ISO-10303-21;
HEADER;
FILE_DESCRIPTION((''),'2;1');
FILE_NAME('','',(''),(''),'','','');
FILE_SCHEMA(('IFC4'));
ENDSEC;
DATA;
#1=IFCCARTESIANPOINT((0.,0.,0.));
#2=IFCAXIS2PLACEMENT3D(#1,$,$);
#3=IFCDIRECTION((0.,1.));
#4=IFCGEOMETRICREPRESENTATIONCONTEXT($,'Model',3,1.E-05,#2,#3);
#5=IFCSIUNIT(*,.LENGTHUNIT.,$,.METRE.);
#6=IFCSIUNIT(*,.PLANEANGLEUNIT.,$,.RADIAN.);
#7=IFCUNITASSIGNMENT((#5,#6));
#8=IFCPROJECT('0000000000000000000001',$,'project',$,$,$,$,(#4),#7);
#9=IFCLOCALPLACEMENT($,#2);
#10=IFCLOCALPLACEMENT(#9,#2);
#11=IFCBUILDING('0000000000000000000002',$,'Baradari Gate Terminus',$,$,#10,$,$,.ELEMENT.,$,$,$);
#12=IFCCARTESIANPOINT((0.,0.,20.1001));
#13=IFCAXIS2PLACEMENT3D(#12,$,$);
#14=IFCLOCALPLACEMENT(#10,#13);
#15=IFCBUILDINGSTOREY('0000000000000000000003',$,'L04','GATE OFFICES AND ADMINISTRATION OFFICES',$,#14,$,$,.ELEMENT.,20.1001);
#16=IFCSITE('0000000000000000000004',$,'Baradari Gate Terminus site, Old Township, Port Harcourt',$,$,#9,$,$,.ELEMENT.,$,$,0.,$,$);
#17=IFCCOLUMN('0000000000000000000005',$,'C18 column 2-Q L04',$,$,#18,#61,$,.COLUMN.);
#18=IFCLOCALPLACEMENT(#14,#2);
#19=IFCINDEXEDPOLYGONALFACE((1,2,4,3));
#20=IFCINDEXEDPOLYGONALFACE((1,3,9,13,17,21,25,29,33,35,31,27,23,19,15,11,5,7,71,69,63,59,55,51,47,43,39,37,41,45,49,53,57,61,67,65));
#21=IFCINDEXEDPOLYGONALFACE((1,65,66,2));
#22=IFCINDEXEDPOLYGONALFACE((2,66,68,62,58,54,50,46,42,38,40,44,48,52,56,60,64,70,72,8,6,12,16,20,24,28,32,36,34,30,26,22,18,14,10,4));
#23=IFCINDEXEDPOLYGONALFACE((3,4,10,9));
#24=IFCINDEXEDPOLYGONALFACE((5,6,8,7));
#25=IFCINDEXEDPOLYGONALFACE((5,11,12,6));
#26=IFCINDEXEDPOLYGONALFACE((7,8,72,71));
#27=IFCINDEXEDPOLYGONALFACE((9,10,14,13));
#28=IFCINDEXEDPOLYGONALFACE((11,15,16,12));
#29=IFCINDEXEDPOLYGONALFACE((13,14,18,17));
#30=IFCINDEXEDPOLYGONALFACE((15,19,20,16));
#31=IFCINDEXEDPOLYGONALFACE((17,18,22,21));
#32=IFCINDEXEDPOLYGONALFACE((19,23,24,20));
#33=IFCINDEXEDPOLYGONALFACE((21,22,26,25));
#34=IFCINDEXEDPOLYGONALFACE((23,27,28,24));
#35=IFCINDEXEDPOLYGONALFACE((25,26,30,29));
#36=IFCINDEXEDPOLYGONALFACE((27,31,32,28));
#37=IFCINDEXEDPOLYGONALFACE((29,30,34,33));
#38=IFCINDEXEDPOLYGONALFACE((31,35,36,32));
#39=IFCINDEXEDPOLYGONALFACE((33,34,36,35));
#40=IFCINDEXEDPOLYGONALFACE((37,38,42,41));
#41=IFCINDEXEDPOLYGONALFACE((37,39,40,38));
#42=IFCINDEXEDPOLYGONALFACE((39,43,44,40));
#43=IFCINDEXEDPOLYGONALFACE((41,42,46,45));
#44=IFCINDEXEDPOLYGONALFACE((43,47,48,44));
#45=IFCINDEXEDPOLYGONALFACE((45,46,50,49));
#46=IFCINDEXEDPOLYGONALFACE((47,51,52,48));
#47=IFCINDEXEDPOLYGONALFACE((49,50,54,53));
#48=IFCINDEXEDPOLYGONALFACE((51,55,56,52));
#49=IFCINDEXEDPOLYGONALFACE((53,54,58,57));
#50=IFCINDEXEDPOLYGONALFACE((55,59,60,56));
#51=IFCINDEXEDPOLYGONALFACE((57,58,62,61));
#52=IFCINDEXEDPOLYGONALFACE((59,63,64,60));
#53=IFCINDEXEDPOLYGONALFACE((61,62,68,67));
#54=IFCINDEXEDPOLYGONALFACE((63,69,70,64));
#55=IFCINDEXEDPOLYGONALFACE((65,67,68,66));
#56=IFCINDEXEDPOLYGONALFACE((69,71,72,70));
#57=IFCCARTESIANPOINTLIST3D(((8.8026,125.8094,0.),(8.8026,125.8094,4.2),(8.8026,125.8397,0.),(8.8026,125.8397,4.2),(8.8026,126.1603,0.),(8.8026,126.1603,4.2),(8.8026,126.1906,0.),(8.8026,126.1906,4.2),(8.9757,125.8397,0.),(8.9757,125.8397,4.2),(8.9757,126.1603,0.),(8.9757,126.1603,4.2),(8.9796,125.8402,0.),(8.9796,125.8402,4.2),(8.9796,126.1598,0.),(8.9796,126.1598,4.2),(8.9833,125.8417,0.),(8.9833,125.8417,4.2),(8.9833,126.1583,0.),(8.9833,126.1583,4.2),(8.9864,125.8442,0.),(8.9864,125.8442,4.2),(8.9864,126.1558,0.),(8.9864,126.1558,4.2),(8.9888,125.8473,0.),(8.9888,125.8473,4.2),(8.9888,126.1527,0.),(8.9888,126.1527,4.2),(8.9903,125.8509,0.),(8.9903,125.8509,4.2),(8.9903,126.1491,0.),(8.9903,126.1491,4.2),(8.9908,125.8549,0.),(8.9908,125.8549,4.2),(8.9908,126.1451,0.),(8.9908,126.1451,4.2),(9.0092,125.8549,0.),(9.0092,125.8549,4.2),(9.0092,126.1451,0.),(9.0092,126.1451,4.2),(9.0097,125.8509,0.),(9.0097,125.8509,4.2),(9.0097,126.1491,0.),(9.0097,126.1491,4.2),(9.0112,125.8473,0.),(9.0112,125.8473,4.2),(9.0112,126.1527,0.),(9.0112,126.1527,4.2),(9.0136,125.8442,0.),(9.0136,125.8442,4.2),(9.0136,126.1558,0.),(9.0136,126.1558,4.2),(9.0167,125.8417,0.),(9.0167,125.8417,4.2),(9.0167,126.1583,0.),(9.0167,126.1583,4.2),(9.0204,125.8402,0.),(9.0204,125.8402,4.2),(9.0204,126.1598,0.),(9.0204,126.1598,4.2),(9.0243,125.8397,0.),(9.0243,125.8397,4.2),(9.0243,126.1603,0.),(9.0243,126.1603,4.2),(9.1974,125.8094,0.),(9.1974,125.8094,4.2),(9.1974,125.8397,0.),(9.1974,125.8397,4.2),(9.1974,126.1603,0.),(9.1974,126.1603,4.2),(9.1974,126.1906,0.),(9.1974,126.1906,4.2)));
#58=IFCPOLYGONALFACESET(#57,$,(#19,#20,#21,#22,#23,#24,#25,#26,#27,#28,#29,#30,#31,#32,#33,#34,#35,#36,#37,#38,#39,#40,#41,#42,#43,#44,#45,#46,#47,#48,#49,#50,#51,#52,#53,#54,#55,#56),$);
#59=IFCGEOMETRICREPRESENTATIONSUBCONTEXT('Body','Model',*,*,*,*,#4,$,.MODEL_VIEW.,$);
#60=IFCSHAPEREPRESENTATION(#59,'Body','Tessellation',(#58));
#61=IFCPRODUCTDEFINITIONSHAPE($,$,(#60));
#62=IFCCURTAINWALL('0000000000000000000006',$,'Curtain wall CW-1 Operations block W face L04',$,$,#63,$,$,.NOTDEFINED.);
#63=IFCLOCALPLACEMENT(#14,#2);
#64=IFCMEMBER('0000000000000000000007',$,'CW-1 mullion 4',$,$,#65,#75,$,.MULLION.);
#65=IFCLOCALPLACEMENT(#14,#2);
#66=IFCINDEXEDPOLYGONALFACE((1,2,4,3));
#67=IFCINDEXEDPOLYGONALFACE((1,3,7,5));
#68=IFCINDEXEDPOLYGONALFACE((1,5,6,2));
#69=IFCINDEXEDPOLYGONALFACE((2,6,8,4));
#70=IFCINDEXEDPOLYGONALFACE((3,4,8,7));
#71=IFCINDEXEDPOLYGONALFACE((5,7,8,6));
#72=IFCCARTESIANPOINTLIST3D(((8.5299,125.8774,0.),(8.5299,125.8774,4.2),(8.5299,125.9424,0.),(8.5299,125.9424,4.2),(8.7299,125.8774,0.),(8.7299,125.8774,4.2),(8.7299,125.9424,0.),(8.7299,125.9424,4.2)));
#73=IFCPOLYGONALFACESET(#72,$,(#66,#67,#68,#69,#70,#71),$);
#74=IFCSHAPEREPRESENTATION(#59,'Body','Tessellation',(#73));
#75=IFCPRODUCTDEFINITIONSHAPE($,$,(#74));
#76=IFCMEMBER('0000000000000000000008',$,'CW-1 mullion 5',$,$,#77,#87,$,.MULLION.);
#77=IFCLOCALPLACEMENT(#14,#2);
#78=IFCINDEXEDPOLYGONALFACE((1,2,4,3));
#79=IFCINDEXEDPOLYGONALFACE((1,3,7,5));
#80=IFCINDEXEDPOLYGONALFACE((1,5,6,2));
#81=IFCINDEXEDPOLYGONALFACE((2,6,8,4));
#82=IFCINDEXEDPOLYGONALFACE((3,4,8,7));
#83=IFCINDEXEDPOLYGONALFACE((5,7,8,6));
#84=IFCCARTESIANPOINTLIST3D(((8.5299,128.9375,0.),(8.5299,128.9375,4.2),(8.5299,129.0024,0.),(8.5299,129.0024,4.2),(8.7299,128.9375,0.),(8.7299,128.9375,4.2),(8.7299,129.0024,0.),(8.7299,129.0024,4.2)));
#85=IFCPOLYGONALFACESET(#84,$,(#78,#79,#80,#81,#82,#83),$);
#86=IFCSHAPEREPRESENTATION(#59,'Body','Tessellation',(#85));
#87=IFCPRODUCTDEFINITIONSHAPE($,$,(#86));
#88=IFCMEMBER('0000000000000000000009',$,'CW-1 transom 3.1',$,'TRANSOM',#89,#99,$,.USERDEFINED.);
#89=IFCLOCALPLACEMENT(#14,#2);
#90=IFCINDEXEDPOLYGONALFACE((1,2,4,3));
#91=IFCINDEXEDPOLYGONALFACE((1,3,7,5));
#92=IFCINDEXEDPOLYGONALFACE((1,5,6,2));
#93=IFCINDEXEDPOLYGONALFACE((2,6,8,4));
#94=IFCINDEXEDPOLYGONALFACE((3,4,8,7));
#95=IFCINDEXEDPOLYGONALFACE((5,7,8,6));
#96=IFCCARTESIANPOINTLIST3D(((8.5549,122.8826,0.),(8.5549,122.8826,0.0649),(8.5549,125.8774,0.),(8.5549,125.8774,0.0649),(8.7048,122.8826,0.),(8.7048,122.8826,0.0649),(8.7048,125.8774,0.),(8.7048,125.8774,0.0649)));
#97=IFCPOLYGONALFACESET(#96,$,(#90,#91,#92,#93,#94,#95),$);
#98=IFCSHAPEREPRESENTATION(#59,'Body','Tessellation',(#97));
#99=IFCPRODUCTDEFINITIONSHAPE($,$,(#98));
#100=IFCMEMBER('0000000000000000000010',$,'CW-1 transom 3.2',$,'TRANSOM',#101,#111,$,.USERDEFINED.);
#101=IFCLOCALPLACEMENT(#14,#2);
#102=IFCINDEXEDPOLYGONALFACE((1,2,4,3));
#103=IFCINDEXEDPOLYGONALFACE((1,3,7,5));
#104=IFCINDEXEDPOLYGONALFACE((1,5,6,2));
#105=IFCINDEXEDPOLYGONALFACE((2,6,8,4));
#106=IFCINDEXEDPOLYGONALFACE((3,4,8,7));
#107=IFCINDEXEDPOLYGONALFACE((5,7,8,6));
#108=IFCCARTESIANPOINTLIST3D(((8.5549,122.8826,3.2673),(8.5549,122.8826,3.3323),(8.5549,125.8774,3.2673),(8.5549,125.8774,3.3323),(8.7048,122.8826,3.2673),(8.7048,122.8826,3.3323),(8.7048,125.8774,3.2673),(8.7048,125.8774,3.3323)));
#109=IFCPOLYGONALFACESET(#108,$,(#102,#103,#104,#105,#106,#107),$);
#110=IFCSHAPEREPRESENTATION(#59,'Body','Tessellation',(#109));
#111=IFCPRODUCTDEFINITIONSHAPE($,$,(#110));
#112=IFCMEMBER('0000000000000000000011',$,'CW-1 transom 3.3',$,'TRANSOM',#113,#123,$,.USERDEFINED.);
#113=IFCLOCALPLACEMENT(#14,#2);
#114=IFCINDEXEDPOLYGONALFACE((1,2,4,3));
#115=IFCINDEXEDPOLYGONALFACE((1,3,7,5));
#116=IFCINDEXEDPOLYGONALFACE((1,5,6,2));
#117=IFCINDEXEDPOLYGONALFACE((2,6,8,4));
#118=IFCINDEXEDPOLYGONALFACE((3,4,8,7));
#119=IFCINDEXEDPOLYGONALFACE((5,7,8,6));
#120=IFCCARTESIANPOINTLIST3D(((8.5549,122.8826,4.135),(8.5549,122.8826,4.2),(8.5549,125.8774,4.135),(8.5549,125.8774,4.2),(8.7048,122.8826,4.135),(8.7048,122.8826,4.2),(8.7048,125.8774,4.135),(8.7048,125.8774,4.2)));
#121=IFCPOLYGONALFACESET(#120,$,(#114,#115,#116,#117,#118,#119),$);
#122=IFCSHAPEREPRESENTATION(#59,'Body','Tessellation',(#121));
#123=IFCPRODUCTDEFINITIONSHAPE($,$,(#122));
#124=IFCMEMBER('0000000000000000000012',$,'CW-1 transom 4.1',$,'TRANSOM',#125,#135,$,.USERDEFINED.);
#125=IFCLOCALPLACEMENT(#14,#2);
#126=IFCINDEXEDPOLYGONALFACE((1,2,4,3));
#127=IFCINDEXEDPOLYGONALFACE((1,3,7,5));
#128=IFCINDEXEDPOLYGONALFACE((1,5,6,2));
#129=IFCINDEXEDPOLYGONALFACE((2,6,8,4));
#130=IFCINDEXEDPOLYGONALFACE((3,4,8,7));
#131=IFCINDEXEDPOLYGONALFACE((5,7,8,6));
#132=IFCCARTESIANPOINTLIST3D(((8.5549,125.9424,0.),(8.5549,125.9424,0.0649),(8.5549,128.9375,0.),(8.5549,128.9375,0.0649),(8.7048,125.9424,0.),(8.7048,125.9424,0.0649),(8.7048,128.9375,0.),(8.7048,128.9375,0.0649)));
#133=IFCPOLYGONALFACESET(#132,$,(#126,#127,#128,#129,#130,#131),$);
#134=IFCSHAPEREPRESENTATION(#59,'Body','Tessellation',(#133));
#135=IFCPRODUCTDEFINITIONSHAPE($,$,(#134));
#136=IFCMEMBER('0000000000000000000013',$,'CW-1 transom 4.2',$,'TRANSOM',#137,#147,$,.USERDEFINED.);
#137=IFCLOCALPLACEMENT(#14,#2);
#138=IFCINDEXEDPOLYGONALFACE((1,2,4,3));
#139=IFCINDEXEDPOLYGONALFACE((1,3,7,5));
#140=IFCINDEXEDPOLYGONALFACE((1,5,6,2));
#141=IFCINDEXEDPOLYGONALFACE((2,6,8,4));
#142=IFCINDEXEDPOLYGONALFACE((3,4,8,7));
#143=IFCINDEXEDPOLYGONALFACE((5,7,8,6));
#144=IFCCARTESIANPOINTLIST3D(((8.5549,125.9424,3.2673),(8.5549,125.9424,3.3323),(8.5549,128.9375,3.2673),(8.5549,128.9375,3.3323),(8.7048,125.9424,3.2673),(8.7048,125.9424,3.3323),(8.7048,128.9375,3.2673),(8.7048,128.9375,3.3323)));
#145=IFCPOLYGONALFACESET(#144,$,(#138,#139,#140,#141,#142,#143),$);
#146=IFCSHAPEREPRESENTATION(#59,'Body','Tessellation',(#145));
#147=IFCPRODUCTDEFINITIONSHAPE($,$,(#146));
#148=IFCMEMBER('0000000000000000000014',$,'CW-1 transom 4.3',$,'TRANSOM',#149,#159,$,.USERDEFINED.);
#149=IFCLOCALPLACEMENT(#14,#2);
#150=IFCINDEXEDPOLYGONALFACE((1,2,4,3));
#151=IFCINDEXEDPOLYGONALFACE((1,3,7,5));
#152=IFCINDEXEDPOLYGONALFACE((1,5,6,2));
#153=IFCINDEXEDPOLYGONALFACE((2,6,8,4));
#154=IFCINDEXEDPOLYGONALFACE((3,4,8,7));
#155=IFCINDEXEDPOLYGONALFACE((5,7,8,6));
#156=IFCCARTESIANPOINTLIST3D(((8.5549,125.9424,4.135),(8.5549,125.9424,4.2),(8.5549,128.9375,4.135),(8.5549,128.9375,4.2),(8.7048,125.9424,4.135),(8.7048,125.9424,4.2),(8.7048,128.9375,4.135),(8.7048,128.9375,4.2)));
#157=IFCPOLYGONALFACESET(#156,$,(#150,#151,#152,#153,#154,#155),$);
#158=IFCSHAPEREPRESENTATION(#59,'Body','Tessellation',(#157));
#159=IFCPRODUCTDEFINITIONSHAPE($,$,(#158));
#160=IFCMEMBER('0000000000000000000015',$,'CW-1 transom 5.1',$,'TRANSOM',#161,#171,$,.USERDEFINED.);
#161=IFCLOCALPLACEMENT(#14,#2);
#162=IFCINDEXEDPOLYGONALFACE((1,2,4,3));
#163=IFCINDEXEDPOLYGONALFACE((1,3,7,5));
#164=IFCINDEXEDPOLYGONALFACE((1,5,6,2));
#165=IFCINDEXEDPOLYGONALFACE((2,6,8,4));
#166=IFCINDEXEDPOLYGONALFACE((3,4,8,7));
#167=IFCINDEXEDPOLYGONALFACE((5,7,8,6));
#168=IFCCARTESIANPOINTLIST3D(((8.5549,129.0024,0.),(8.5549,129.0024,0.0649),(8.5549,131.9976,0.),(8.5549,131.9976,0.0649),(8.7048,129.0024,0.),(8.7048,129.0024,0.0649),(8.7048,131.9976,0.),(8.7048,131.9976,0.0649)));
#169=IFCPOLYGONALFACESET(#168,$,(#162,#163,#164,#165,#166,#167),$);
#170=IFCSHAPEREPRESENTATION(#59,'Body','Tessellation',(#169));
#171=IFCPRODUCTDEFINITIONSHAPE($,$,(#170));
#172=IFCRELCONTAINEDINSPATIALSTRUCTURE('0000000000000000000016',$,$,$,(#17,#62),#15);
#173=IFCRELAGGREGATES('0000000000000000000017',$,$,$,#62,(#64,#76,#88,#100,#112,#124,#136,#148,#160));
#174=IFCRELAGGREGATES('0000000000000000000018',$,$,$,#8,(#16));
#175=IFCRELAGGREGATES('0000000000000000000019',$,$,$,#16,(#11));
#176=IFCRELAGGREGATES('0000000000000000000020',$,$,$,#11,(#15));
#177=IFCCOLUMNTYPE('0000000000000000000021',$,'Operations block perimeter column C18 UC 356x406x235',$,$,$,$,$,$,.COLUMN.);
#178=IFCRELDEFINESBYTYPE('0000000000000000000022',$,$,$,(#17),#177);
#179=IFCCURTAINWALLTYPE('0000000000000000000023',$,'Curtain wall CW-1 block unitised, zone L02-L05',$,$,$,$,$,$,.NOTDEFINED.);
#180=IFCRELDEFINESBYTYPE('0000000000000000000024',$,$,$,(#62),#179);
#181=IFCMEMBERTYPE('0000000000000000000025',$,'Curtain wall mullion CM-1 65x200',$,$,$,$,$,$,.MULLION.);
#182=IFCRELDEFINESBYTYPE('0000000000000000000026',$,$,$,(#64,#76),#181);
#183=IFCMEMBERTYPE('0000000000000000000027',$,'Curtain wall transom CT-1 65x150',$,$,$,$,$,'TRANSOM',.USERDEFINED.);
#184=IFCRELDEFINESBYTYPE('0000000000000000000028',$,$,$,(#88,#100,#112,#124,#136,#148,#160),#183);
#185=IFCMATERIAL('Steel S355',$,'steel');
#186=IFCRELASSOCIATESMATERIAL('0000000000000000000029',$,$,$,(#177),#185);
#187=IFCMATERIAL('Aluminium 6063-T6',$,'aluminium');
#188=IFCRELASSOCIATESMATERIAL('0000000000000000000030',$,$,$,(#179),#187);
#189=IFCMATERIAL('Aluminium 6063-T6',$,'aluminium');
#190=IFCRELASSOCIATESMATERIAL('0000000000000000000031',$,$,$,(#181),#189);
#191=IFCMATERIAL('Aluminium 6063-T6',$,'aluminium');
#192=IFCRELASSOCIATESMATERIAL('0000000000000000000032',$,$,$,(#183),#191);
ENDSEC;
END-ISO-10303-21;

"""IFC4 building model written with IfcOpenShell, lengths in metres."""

from ifc_helpers import new_model, si_unit, direction, frame, origin, origin_2d, place, context, subcontext, project, spatial, rectangle, i_section, extrude, material, material_profile, profile_set, type_object, element, aggregate, save


model = new_model("IFC4")

# Units and contexts
model_context = context("Model", 3, precision=1e-05, world=origin(), true_north=direction((0.0, 1.0)))
body_context = subcontext(model_context, "Body", "Model", "MODEL_VIEW")
ifc_project = project(units=[si_unit("LENGTHUNIT", "METRE"), si_unit("PLANEANGLEUNIT", "RADIAN")], contexts=[model_context])

# Site, building, storey
site_placement = place(None, origin())
site = spatial("IfcSite", under=ifc_project, at=site_placement, Name="Baradari Gate Terminus site, Old Township, Port Harcourt", CompositionType="ELEMENT", RefElevation=0.0)
building_placement = place(site_placement, origin())
building = spatial("IfcBuilding", under=site, at=building_placement, Name="Baradari Gate Terminus", CompositionType="ELEMENT")
storey_placement = place(building_placement, frame((0.0, 0.0, 20.1001)))
storey = spatial("IfcBuildingStorey", under=building, at=storey_placement, Name="L04", Description="GATE OFFICES AND ADMINISTRATION OFFICES", CompositionType="ELEMENT", Elevation=20.1001)

# Column
ifc_material_1 = material(Name="Steel S355", Category="steel")
ifc_material_profile_1 = material_profile(ifc_material_1, i_section(OverallWidth=0.3948, OverallDepth=0.3811, WebThickness=0.0183, FlangeThickness=0.0303, FilletRadius=0.0151, at=origin_2d()), Name="UC 356x406x235")
ifc_profile_set_1 = profile_set([ifc_material_profile_1], Name="Steel S355")
column_type = type_object("IfcColumnType", Name="Operations block perimeter column C18 UC 356x406x235", PredefinedType="COLUMN", material=ifc_profile_set_1)
column_placement = place(storey_placement, frame((9.0, 126.0, 0.0), z_axis=(0.0, 0.0, 1.0), x_axis=(1.0, 0.0, 0.0)))
element("IfcColumn", 1, at=column_placement, inside=storey, type_object=column_type, Name="C18 column 2-Q L04", PredefinedType="COLUMN", context=body_context, shape_type="SweptSolid", body=[
    extrude(i_section(OverallWidth=0.3948, OverallDepth=0.3811, WebThickness=0.0183, FlangeThickness=0.0303, FilletRadius=0.0151, at=origin_2d()), origin(), (0.0, 0.0, 1.0), 4.2),
])

# Curtain wall, members
ifc_material_2 = material(Name="Aluminium 6063-T6", Category="aluminium")
curtain_wall_type = type_object("IfcCurtainWallType", Name="Curtain wall CW-1 block unitised, zone L02-L05", PredefinedType="NOTDEFINED", material=ifc_material_2)
curtain_wall_placement = place(storey_placement, origin())
curtain_wall = element("IfcCurtainWall", 2, at=curtain_wall_placement, inside=storey, type_object=curtain_wall_type, Name="Curtain wall CW-1 Operations block W face L04", PredefinedType="NOTDEFINED")
ifc_material_3 = material(Name="Aluminium 6063-T6", Category="aluminium")
ifc_material_profile_2 = material_profile(ifc_material_3, rectangle(XDim=0.2, YDim=0.0649, at=origin_2d()), Name="CM-1 65X200")
ifc_profile_set_2 = profile_set([ifc_material_profile_2], Name="Aluminium 6063-T6")
member_type_1 = type_object("IfcMemberType", Name="Curtain wall mullion CM-1 65x200", PredefinedType="MULLION", material=ifc_profile_set_2)
member_1_placement = place(storey_placement, frame((8.6299, 125.9099, 0.0), z_axis=(0.0, 0.0, 1.0), x_axis=(-1.0, 0.0, 0.0)))
member_1 = element("IfcMember", 3, at=member_1_placement, type_object=member_type_1, Name="CW-1 mullion 4", PredefinedType="MULLION", context=body_context, shape_type="SweptSolid", body=[
    extrude(rectangle(XDim=0.2, YDim=0.0649, at=origin_2d()), origin(), (0.0, 0.0, 1.0), 4.2),
])
member_2_placement = place(storey_placement, frame((8.6299, 128.97, 0.0), z_axis=(0.0, 0.0, 1.0), x_axis=(-1.0, 0.0, 0.0)))
member_2 = element("IfcMember", 4, at=member_2_placement, type_object=member_type_1, Name="CW-1 mullion 5", PredefinedType="MULLION", context=body_context, shape_type="SweptSolid", body=[
    extrude(rectangle(XDim=0.2, YDim=0.0649, at=origin_2d()), origin(), (0.0, 0.0, 1.0), 4.2),
])
ifc_material_4 = material(Name="Aluminium 6063-T6", Category="aluminium")
ifc_material_profile_3 = material_profile(ifc_material_4, rectangle(XDim=0.1499, YDim=0.0649, at=origin_2d()), Name="CT-1 65X150")
ifc_profile_set_3 = profile_set([ifc_material_profile_3], Name="Aluminium 6063-T6")
member_type_2 = type_object("IfcMemberType", Name="Curtain wall transom CT-1 65x150", ElementType="TRANSOM", PredefinedType="USERDEFINED", material=ifc_profile_set_3)
member_3_placement = place(storey_placement, frame((8.6299, 122.8826, 0.0325), z_axis=(0.0, 1.0, 0.0), x_axis=(-1.0, 0.0, 0.0)))
member_3 = element("IfcMember", 5, at=member_3_placement, type_object=member_type_2, Name="CW-1 transom 3.1", ObjectType="TRANSOM", PredefinedType="USERDEFINED", context=body_context, shape_type="SweptSolid", body=[
    extrude(rectangle(XDim=0.1499, YDim=0.0649, at=origin_2d()), origin(), (0.0, 0.0, 1.0), 2.9949),
])
member_4_placement = place(storey_placement, frame((8.6299, 122.8826, 3.2998), z_axis=(0.0, 1.0, 0.0), x_axis=(-1.0, 0.0, 0.0)))
member_4 = element("IfcMember", 6, at=member_4_placement, type_object=member_type_2, Name="CW-1 transom 3.2", ObjectType="TRANSOM", PredefinedType="USERDEFINED", context=body_context, shape_type="SweptSolid", body=[
    extrude(rectangle(XDim=0.1499, YDim=0.0649, at=origin_2d()), origin(), (0.0, 0.0, 1.0), 2.9949),
])
member_5_placement = place(storey_placement, frame((8.6299, 122.8826, 4.1675), z_axis=(0.0, 1.0, 0.0), x_axis=(-1.0, 0.0, 0.0)))
member_5 = element("IfcMember", 7, at=member_5_placement, type_object=member_type_2, Name="CW-1 transom 3.3", ObjectType="TRANSOM", PredefinedType="USERDEFINED", context=body_context, shape_type="SweptSolid", body=[
    extrude(rectangle(XDim=0.1499, YDim=0.0649, at=origin_2d()), origin(), (0.0, 0.0, 1.0), 2.9949),
])
member_6_placement = place(storey_placement, frame((8.6299, 125.9424, 0.0325), z_axis=(0.0, 1.0, 0.0), x_axis=(-1.0, 0.0, 0.0)))
member_6 = element("IfcMember", 8, at=member_6_placement, type_object=member_type_2, Name="CW-1 transom 4.1", ObjectType="TRANSOM", PredefinedType="USERDEFINED", context=body_context, shape_type="SweptSolid", body=[
    extrude(rectangle(XDim=0.1499, YDim=0.0649, at=origin_2d()), origin(), (0.0, 0.0, 1.0), 2.9951),
])
member_7_placement = place(storey_placement, frame((8.6299, 125.9424, 3.2998), z_axis=(0.0, 1.0, 0.0), x_axis=(-1.0, 0.0, 0.0)))
member_7 = element("IfcMember", 9, at=member_7_placement, type_object=member_type_2, Name="CW-1 transom 4.2", ObjectType="TRANSOM", PredefinedType="USERDEFINED", context=body_context, shape_type="SweptSolid", body=[
    extrude(rectangle(XDim=0.1499, YDim=0.0649, at=origin_2d()), origin(), (0.0, 0.0, 1.0), 2.9951),
])
member_8_placement = place(storey_placement, frame((8.6299, 125.9424, 4.1675), z_axis=(0.0, 1.0, 0.0), x_axis=(-1.0, 0.0, 0.0)))
member_8 = element("IfcMember", 10, at=member_8_placement, type_object=member_type_2, Name="CW-1 transom 4.3", ObjectType="TRANSOM", PredefinedType="USERDEFINED", context=body_context, shape_type="SweptSolid", body=[
    extrude(rectangle(XDim=0.1499, YDim=0.0649, at=origin_2d()), origin(), (0.0, 0.0, 1.0), 2.9951),
])
member_9_placement = place(storey_placement, frame((8.6299, 129.0024, 0.0325), z_axis=(0.0, 1.0, 0.0), x_axis=(-1.0, 0.0, 0.0)))
member_9 = element("IfcMember", 11, at=member_9_placement, type_object=member_type_2, Name="CW-1 transom 5.1", ObjectType="TRANSOM", PredefinedType="USERDEFINED", context=body_context, shape_type="SweptSolid", body=[
    extrude(rectangle(XDim=0.1499, YDim=0.0649, at=origin_2d()), origin(), (0.0, 0.0, 1.0), 2.9951),
])

aggregate(curtain_wall, [member_1, member_2, member_3, member_4, member_5, member_6, member_7, member_8, member_9])

save(model, "model.ifc")
